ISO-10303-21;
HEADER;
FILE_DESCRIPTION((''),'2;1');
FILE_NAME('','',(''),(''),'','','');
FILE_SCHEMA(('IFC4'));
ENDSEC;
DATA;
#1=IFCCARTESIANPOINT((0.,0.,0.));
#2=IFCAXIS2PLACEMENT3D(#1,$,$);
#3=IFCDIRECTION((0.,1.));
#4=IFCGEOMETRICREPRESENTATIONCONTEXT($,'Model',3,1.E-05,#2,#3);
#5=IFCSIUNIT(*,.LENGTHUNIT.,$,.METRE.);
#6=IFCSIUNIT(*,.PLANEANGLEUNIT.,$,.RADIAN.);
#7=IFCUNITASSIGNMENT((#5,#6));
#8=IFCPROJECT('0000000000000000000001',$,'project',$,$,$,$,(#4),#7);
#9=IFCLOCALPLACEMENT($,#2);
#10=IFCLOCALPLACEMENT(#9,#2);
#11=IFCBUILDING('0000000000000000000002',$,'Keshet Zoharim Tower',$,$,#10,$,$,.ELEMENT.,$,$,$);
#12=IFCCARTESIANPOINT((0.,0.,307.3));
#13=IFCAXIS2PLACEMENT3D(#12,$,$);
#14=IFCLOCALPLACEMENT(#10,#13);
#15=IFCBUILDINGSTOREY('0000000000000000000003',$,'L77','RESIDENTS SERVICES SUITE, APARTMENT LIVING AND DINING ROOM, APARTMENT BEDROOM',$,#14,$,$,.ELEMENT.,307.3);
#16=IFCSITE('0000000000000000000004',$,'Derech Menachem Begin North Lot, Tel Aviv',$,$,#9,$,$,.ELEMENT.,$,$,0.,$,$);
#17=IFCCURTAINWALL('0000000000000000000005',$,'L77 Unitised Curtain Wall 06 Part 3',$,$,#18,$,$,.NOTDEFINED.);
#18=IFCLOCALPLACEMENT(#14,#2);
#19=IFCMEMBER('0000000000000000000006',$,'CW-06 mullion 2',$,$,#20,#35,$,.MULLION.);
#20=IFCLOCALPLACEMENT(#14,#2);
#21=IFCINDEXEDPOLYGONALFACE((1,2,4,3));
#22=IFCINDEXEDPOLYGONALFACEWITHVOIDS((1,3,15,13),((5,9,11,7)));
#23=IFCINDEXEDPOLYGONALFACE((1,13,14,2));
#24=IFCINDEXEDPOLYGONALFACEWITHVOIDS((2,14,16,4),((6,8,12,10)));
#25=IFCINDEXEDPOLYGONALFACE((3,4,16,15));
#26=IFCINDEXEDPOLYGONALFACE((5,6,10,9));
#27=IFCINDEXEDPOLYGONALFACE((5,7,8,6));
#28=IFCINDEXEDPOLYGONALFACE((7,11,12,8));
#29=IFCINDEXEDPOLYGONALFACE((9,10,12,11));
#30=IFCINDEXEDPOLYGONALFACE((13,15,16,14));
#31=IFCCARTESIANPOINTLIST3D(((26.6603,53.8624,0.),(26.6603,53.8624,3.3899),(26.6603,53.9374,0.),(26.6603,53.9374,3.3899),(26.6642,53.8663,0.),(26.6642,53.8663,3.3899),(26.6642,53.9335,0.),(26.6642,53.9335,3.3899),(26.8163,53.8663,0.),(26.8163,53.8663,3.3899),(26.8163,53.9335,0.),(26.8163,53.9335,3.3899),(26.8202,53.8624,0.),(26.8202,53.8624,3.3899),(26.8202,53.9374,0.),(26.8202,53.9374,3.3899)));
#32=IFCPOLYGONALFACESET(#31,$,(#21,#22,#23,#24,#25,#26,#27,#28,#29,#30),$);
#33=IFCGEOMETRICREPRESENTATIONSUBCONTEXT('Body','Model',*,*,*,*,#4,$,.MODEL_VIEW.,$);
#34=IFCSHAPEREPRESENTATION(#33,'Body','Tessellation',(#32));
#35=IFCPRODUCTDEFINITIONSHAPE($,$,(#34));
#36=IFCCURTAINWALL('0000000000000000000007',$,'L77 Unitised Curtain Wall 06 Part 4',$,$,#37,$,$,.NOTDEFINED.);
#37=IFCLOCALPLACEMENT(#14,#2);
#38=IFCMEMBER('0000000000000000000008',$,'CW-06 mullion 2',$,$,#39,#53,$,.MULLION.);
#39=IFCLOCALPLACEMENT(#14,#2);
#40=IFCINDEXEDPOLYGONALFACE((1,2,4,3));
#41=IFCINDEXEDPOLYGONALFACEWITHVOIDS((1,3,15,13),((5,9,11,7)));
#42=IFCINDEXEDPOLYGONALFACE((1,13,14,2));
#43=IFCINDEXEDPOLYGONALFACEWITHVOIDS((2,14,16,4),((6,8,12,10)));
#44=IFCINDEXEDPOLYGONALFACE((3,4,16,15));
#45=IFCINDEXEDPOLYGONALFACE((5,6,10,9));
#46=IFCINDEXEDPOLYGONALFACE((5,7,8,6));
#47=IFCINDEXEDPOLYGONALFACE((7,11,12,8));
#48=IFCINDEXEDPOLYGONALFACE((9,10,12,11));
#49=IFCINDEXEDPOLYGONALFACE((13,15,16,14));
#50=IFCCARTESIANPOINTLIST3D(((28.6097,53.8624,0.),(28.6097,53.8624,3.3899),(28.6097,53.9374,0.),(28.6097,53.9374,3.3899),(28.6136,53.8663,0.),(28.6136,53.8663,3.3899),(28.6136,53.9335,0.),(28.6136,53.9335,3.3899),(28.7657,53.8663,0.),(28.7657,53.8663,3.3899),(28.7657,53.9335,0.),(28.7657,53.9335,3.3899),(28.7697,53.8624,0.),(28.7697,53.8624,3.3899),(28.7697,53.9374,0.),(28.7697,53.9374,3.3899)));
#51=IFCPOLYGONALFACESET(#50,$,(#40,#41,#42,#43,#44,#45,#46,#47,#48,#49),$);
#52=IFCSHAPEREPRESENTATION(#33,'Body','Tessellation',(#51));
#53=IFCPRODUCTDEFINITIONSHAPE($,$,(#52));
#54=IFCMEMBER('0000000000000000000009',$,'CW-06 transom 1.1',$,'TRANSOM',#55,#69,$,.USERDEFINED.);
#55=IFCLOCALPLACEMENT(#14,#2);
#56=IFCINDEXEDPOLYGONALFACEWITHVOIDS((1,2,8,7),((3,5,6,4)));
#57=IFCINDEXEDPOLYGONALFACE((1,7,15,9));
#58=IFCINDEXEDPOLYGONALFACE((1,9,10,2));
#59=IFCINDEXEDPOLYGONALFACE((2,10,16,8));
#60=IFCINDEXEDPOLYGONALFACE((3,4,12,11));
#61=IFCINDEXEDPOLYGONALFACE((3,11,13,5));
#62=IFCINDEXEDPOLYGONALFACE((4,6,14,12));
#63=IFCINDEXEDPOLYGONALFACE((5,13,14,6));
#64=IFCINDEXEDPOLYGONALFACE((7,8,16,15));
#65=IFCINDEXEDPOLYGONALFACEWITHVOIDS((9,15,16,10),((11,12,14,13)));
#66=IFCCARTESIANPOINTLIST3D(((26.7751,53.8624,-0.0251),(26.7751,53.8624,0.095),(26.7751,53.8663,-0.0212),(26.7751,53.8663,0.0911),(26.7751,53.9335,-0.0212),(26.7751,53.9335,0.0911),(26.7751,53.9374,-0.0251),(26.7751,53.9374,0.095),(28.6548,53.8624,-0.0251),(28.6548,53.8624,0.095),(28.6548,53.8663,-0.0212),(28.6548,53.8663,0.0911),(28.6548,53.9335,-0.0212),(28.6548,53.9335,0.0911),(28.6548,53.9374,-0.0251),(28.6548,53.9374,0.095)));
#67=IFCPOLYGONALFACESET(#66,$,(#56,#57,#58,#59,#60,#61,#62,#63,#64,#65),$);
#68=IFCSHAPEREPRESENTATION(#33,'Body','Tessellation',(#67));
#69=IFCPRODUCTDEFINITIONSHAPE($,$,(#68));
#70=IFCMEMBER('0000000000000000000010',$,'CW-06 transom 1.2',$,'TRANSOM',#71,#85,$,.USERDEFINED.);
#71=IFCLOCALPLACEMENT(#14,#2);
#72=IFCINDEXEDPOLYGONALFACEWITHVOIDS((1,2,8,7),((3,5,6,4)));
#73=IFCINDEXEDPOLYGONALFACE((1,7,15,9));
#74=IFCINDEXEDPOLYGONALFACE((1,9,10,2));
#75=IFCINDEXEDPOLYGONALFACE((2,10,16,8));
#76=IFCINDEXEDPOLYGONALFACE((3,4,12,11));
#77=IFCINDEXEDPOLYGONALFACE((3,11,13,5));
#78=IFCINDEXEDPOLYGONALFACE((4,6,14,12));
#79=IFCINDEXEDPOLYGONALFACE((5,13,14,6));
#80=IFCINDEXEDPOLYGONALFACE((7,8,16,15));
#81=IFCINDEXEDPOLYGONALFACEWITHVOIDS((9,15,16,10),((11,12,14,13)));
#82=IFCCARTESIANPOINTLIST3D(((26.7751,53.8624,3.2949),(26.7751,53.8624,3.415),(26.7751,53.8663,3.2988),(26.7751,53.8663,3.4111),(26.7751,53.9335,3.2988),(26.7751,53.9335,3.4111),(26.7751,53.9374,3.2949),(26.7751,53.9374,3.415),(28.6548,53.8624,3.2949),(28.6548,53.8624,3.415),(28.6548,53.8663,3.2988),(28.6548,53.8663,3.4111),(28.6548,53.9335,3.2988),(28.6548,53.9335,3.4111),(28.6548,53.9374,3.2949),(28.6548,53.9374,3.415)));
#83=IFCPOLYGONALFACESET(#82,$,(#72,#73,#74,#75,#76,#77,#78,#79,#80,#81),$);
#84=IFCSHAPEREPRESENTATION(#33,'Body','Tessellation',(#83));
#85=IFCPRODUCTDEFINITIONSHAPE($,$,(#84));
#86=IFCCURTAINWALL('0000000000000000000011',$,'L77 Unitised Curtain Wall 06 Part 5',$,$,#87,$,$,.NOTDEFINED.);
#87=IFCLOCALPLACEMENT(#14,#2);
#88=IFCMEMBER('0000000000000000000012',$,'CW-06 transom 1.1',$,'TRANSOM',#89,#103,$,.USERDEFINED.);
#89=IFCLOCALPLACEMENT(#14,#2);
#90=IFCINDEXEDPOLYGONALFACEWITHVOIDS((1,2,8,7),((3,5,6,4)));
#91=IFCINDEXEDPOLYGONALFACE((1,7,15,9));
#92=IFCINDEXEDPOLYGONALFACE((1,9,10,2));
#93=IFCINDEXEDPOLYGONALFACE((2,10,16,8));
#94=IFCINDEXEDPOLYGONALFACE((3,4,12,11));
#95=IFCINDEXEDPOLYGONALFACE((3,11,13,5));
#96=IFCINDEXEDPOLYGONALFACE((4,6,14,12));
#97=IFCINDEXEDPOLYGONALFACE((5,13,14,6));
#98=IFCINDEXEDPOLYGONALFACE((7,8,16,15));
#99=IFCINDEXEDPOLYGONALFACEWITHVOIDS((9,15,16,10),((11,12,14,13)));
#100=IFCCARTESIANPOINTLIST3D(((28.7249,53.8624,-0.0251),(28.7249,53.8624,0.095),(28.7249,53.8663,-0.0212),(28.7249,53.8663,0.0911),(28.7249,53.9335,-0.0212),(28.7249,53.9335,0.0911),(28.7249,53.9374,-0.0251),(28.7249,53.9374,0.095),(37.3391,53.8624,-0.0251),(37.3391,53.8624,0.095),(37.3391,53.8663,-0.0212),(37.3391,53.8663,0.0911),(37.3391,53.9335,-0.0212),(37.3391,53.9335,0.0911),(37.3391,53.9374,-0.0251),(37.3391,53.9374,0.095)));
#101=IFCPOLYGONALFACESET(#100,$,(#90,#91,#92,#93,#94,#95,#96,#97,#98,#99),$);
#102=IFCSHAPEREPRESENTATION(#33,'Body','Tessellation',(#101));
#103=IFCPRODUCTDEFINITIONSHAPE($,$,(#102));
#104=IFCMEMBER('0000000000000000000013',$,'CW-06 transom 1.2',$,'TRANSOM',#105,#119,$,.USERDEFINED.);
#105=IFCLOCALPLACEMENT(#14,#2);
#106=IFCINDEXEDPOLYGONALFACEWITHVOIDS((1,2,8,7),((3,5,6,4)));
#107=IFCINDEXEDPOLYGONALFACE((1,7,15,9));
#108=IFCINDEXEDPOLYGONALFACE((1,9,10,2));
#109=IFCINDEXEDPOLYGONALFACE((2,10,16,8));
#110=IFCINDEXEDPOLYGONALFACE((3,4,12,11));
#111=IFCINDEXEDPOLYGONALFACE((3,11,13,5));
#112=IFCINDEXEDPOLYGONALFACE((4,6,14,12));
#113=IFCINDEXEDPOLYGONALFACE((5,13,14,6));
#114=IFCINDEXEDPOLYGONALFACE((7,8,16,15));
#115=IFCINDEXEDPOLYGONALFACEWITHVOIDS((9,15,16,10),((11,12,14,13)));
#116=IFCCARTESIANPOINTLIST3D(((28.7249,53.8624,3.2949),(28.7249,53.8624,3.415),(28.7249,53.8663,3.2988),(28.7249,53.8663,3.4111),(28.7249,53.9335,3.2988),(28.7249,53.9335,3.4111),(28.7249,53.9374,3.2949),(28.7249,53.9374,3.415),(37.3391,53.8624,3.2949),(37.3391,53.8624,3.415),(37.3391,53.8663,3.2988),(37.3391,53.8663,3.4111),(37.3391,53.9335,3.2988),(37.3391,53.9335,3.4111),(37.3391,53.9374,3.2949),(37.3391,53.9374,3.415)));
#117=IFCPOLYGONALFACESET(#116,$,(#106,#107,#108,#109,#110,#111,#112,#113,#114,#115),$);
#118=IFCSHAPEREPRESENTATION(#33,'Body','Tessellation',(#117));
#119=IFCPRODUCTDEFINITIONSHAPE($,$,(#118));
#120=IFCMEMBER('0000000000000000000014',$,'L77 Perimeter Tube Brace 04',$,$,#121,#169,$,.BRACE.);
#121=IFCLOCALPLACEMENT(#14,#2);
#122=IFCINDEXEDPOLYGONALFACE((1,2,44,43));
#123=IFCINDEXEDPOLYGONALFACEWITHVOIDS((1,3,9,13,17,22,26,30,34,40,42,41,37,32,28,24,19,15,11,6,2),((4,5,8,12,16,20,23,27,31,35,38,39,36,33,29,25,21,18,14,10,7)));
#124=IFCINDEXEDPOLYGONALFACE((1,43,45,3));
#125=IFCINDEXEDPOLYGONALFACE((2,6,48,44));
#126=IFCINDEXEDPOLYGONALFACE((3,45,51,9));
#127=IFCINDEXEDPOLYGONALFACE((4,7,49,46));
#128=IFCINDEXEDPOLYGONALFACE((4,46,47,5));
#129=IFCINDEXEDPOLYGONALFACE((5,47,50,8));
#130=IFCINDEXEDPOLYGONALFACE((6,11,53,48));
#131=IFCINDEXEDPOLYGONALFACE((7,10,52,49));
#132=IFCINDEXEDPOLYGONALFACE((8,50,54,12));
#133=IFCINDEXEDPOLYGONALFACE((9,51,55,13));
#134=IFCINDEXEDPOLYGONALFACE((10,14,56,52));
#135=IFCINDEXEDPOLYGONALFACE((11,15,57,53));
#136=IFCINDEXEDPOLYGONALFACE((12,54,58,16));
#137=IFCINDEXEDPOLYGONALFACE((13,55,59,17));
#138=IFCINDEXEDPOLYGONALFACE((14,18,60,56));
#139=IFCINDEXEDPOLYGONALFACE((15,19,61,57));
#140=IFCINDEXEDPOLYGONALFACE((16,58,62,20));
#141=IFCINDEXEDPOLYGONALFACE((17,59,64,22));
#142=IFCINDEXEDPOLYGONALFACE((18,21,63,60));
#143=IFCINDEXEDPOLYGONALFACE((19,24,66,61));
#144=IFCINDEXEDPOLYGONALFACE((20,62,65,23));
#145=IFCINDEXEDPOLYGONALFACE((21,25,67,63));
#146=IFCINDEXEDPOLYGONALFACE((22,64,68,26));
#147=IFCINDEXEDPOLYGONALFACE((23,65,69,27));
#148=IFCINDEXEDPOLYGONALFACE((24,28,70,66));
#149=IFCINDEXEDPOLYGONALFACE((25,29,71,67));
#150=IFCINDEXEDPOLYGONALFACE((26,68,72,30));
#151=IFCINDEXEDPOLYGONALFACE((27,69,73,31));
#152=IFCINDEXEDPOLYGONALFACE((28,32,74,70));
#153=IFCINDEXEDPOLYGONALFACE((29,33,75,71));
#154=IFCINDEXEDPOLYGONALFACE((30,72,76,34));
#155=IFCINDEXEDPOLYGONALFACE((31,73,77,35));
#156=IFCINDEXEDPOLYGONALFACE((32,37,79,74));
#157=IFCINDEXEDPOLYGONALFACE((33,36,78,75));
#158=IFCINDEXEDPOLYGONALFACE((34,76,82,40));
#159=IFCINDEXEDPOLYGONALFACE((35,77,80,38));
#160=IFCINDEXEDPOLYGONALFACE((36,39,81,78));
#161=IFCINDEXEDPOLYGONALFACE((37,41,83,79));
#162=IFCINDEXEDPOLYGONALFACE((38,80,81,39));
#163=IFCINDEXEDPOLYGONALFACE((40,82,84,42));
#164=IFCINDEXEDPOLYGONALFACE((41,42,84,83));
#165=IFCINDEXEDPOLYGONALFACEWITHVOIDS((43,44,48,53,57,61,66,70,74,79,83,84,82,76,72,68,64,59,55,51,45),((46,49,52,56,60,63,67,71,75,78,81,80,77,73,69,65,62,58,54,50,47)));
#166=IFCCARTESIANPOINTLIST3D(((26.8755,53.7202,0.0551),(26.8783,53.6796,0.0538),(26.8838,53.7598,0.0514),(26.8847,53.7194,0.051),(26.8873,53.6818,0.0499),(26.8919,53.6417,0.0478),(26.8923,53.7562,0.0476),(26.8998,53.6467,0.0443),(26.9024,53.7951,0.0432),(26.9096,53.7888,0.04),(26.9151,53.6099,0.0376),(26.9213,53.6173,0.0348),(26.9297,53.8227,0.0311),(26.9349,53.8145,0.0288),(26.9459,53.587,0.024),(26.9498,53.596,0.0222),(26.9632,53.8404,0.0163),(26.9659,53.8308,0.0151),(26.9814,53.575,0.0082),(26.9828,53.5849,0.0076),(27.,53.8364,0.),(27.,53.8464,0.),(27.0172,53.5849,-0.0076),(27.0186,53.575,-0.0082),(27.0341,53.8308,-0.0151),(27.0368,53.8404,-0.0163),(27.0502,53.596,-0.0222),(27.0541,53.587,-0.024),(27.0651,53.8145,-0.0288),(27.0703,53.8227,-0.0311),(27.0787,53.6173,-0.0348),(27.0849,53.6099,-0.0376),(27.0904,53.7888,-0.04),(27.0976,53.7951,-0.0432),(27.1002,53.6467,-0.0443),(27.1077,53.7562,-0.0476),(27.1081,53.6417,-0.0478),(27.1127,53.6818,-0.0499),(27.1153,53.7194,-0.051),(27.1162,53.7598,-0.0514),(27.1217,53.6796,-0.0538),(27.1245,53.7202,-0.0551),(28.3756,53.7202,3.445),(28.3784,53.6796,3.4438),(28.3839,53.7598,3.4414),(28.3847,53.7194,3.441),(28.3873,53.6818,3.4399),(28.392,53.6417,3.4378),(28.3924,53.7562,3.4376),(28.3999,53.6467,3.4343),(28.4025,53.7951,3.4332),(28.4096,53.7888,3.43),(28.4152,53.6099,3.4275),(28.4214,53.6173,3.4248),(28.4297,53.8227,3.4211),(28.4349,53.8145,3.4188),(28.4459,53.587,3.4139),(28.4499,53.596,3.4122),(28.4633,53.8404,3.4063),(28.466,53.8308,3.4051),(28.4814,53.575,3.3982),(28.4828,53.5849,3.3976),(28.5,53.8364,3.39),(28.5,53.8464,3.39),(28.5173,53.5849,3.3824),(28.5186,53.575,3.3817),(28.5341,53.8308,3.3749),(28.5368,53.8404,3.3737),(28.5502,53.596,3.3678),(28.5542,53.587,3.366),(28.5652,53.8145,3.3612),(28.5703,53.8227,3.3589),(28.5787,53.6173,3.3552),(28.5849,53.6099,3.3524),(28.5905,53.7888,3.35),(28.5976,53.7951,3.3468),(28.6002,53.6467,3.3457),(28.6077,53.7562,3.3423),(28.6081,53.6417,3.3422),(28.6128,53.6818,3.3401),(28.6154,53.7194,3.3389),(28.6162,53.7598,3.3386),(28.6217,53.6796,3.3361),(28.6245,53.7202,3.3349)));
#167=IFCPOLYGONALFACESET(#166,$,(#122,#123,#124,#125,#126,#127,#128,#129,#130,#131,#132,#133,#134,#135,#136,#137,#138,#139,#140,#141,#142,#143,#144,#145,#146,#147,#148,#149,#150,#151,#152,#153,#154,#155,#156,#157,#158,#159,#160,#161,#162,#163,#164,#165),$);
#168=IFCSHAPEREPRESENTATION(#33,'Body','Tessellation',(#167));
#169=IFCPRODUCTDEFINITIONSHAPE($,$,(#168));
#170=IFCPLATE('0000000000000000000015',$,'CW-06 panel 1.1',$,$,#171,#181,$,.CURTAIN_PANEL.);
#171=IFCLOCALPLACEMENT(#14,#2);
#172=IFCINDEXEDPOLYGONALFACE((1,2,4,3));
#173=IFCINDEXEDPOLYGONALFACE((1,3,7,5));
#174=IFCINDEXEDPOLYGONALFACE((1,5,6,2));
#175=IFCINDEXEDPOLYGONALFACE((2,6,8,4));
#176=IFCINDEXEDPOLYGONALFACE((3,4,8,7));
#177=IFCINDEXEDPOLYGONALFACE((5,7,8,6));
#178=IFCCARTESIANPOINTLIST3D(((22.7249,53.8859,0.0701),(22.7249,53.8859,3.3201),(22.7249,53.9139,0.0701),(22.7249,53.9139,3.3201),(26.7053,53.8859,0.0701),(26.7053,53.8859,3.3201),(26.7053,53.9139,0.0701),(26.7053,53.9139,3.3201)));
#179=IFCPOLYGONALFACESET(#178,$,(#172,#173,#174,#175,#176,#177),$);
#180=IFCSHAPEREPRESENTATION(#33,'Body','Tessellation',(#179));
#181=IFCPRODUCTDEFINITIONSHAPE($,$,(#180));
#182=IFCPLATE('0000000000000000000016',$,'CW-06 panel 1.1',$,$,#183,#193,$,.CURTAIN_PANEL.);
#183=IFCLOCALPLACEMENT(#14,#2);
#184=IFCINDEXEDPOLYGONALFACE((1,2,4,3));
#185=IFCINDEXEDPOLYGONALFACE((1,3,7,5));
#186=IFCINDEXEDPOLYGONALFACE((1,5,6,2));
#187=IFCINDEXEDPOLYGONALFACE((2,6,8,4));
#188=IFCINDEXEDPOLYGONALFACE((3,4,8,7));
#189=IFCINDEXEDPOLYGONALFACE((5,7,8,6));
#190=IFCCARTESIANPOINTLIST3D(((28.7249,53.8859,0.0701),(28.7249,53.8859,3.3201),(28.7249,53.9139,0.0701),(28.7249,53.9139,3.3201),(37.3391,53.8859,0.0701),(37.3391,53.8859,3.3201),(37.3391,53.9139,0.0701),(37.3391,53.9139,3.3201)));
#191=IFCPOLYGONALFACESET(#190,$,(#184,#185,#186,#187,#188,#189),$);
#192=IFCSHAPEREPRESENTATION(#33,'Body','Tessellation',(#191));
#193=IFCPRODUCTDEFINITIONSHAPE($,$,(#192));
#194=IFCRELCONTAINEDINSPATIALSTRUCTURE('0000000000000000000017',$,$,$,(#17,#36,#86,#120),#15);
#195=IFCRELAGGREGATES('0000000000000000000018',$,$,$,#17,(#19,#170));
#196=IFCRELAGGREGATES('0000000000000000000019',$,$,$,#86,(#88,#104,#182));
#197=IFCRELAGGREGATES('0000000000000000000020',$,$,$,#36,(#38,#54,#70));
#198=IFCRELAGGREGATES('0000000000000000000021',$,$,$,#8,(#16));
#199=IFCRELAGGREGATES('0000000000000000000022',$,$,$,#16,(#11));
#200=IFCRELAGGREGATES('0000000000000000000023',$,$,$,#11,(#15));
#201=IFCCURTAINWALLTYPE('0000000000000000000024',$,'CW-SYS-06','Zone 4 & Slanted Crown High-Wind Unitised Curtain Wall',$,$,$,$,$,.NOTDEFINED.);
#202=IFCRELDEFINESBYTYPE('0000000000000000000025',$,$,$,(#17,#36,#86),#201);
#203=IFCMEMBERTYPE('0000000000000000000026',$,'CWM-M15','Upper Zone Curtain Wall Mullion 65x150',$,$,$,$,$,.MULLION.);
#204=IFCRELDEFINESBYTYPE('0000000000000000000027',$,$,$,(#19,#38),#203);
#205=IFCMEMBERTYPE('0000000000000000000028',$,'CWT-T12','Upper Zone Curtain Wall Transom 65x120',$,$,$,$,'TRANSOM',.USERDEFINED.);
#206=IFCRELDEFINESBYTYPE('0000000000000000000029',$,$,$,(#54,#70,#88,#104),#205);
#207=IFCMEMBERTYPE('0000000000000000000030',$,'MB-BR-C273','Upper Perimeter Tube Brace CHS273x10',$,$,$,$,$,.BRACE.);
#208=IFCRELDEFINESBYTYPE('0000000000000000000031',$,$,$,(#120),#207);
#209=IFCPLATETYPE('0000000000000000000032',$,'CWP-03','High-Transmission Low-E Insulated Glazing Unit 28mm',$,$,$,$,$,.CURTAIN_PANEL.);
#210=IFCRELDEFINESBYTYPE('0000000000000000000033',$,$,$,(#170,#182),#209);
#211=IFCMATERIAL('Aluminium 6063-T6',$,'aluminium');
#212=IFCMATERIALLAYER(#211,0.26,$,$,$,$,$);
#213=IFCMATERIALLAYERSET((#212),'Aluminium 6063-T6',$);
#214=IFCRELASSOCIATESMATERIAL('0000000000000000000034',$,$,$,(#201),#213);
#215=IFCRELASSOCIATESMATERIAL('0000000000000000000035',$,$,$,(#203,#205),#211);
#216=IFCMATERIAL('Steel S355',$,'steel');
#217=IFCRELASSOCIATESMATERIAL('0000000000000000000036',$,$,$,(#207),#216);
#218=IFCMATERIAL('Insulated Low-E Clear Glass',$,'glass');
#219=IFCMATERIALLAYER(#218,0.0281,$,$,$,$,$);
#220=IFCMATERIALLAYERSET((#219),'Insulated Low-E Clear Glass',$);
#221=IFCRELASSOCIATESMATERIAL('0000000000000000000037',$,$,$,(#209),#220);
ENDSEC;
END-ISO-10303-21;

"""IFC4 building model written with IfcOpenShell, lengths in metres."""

from ifc_helpers import new_model, si_unit, direction, frame, origin, origin_2d, place, context, subcontext, project, spatial, rectangle, hollow_rectangle, hollow_circle, extrude, material, layer, layer_set, material_profile, profile_set, type_object, element, aggregate, save


model = new_model("IFC4")

# Units and contexts
model_context = context("Model", 3, precision=1e-05, world=origin(), true_north=direction((0.0, 1.0)))
body_context = subcontext(model_context, "Body", "Model", "MODEL_VIEW")
ifc_project = project(units=[si_unit("LENGTHUNIT", "METRE"), si_unit("PLANEANGLEUNIT", "RADIAN")], contexts=[model_context])

# Site, building, storey
site_placement = place(None, origin())
site = spatial("IfcSite", under=ifc_project, at=site_placement, Name="Derech Menachem Begin North Lot, Tel Aviv", CompositionType="ELEMENT", RefElevation=0.0)
building_placement = place(site_placement, origin())
building = spatial("IfcBuilding", under=site, at=building_placement, Name="Keshet Zoharim Tower", CompositionType="ELEMENT")
storey_placement = place(building_placement, frame((0.0, 0.0, 307.3)))
storey = spatial("IfcBuildingStorey", under=building, at=storey_placement, Name="L77", Description="RESIDENTS SERVICES SUITE, APARTMENT LIVING AND DINING ROOM, APARTMENT BEDROOM", CompositionType="ELEMENT", Elevation=307.3)

# Shared definitions
ifc_material_1 = material(Name="Steel S355", Category="steel")

# Curtain wall, member
ifc_material_2 = material(Name="Aluminium 6063-T6", Category="aluminium")
ifc_layer_1 = layer(ifc_material_2, 0.26)
ifc_layer_set_1 = layer_set([ifc_layer_1], Name="Aluminium 6063-T6")
curtain_wall_type = type_object("IfcCurtainWallType", Name="CW-SYS-06", Description="Zone 4 & Slanted Crown High-Wind Unitised Curtain Wall", PredefinedType="NOTDEFINED", material=ifc_layer_set_1)
curtain_wall_1_placement = place(storey_placement, origin())
curtain_wall_1 = element("IfcCurtainWall", 1, at=curtain_wall_1_placement, inside=storey, type_object=curtain_wall_type, Name="L77 Unitised Curtain Wall 06 Part 3", PredefinedType="NOTDEFINED")
ifc_material_profile_1 = material_profile(ifc_material_2, hollow_rectangle(XDim=0.075, YDim=0.1599, WallThickness=0.0039, at=origin_2d()), Name="MUL-75x160")
ifc_profile_set_1 = profile_set([ifc_material_profile_1], Name="Aluminium 6063-T6")
member_type_1 = type_object("IfcMemberType", Name="CWM-M15", Description="Upper Zone Curtain Wall Mullion 65x150", PredefinedType="MULLION", material=ifc_profile_set_1)
member_1_placement = place(storey_placement, frame((26.7402, 53.8999, 0.0), z_axis=(0.0, 0.0, 1.0), x_axis=(0.0, 1.0, 0.0)))
member_1 = element("IfcMember", 2, at=member_1_placement, type_object=member_type_1, Name="CW-06 mullion 2", PredefinedType="MULLION", context=body_context, shape_type="SweptSolid", body=[
    extrude(hollow_rectangle(XDim=0.075, YDim=0.1599, WallThickness=0.0039, at=origin_2d()), origin(), (0.0, 0.0, 1.0), 3.3899),
])

# Curtain walls, members
curtain_wall_2_placement = place(storey_placement, origin())
curtain_wall_2 = element("IfcCurtainWall", 3, at=curtain_wall_2_placement, inside=storey, type_object=curtain_wall_type, Name="L77 Unitised Curtain Wall 06 Part 4", PredefinedType="NOTDEFINED")
member_2_placement = place(storey_placement, frame((28.6897, 53.8999, 0.0), z_axis=(0.0, 0.0, 1.0), x_axis=(0.0, 1.0, 0.0)))
member_2 = element("IfcMember", 4, at=member_2_placement, type_object=member_type_1, Name="CW-06 mullion 2", PredefinedType="MULLION", context=body_context, shape_type="SweptSolid", body=[
    extrude(hollow_rectangle(XDim=0.075, YDim=0.1599, WallThickness=0.0039, at=origin_2d()), origin(), (0.0, 0.0, 1.0), 3.3899),
])
ifc_material_profile_2 = material_profile(ifc_material_2, hollow_rectangle(XDim=0.075, YDim=0.1201, WallThickness=0.0039, at=origin_2d()), Name="TRN-75x120")
ifc_profile_set_2 = profile_set([ifc_material_profile_2], Name="Aluminium 6063-T6")
member_type_2 = type_object("IfcMemberType", Name="CWT-T12", Description="Upper Zone Curtain Wall Transom 65x120", ElementType="TRANSOM", PredefinedType="USERDEFINED", material=ifc_profile_set_2)
member_3_placement = place(storey_placement, frame((26.7751, 53.8999, 0.0349), z_axis=(1.0, 0.0, 0.0), x_axis=(0.0, 1.0, 0.0)))
member_3 = element("IfcMember", 5, at=member_3_placement, type_object=member_type_2, Name="CW-06 transom 1.1", ObjectType="TRANSOM", PredefinedType="USERDEFINED", context=body_context, shape_type="SweptSolid", body=[
    extrude(hollow_rectangle(XDim=0.075, YDim=0.1201, WallThickness=0.0039, at=origin_2d()), origin(), (0.0, 0.0, 1.0), 1.8796),
])
member_4_placement = place(storey_placement, frame((26.7751, 53.8999, 3.355), z_axis=(1.0, 0.0, 0.0), x_axis=(0.0, 1.0, 0.0)))
member_4 = element("IfcMember", 6, at=member_4_placement, type_object=member_type_2, Name="CW-06 transom 1.2", ObjectType="TRANSOM", PredefinedType="USERDEFINED", context=body_context, shape_type="SweptSolid", body=[
    extrude(hollow_rectangle(XDim=0.075, YDim=0.1201, WallThickness=0.0039, at=origin_2d()), origin(), (0.0, 0.0, 1.0), 1.8796),
])
curtain_wall_3_placement = place(storey_placement, origin())
curtain_wall_3 = element("IfcCurtainWall", 7, at=curtain_wall_3_placement, inside=storey, type_object=curtain_wall_type, Name="L77 Unitised Curtain Wall 06 Part 5", PredefinedType="NOTDEFINED")
member_5_placement = place(storey_placement, frame((28.7249, 53.8999, 0.0349), z_axis=(1.0, 0.0, 0.0), x_axis=(0.0, 1.0, 0.0)))
member_5 = element("IfcMember", 8, at=member_5_placement, type_object=member_type_2, Name="CW-06 transom 1.1", ObjectType="TRANSOM", PredefinedType="USERDEFINED", context=body_context, shape_type="SweptSolid", body=[
    extrude(hollow_rectangle(XDim=0.075, YDim=0.1201, WallThickness=0.0039, at=origin_2d()), origin(), (0.0, 0.0, 1.0), 8.6143),
])
member_6_placement = place(storey_placement, frame((28.7249, 53.8999, 3.355), z_axis=(1.0, 0.0, 0.0), x_axis=(0.0, 1.0, 0.0)))
member_6 = element("IfcMember", 9, at=member_6_placement, type_object=member_type_2, Name="CW-06 transom 1.2", ObjectType="TRANSOM", PredefinedType="USERDEFINED", context=body_context, shape_type="SweptSolid", body=[
    extrude(hollow_rectangle(XDim=0.075, YDim=0.1201, WallThickness=0.0039, at=origin_2d()), origin(), (0.0, 0.0, 1.0), 8.6143),
])

# Member
ifc_material_profile_3 = material_profile(ifc_material_1, hollow_circle(Radius=0.1365, WallThickness=0.01, at=origin_2d()), Name="CHS273x10")
ifc_profile_set_3 = profile_set([ifc_material_profile_3], Name="Steel S355")
member_type_3 = type_object("IfcMemberType", Name="MB-BR-C273", Description="Upper Perimeter Tube Brace CHS273x10", PredefinedType="BRACE", material=ifc_profile_set_3)
member_7_placement = place(storey_placement, frame((27.0, 53.71, 0.0), z_axis=(0.404647, 0.0, 0.914473), x_axis=(0.0, 1.0, 0.0)))
element("IfcMember", 10, at=member_7_placement, inside=storey, type_object=member_type_3, Name="L77 Perimeter Tube Brace 04", PredefinedType="BRACE", context=body_context, shape_type="SweptSolid", body=[
    extrude(hollow_circle(Radius=0.1365, WallThickness=0.01, at=origin_2d()), origin(), (0.0, 0.0, 1.0), 3.707),
])

# Plates
ifc_material_3 = material(Name="Insulated Low-E Clear Glass", Category="glass")
ifc_layer_2 = layer(ifc_material_3, 0.0281)
ifc_layer_set_2 = layer_set([ifc_layer_2], Name="Insulated Low-E Clear Glass")
plate_type_1 = type_object("IfcPlateType", Name="CWP-03", Description="High-Transmission Low-E Insulated Glazing Unit 28mm", PredefinedType="CURTAIN_PANEL", material=ifc_layer_set_2)
plate_1_placement = place(storey_placement, frame((24.7151, 53.8999, 0.0701), z_axis=(0.0, 0.0, 1.0), x_axis=(1.0, 0.0, 0.0)))
plate_1 = element("IfcPlate", 11, at=plate_1_placement, type_object=plate_type_1, Name="CW-06 panel 1.1", PredefinedType="CURTAIN_PANEL", context=body_context, shape_type="SweptSolid", body=[
    extrude(rectangle(XDim=3.9805, YDim=0.0281, at=origin_2d()), origin(), (0.0, 0.0, 1.0), 3.25),
])
aggregate(curtain_wall_1, [member_1, plate_1])
plate_2_placement = place(storey_placement, frame((33.032, 53.8999, 0.0701), z_axis=(0.0, 0.0, 1.0), x_axis=(1.0, 0.0, 0.0)))
plate_2 = element("IfcPlate", 12, at=plate_2_placement, type_object=plate_type_1, Name="CW-06 panel 1.1", PredefinedType="CURTAIN_PANEL", context=body_context, shape_type="SweptSolid", body=[
    extrude(rectangle(XDim=8.6143, YDim=0.0281, at=origin_2d()), origin(), (0.0, 0.0, 1.0), 3.25),
])
aggregate(curtain_wall_3, [member_5, member_6, plate_2])
aggregate(curtain_wall_2, [member_2, member_3, member_4])

save(model, "model.ifc")
